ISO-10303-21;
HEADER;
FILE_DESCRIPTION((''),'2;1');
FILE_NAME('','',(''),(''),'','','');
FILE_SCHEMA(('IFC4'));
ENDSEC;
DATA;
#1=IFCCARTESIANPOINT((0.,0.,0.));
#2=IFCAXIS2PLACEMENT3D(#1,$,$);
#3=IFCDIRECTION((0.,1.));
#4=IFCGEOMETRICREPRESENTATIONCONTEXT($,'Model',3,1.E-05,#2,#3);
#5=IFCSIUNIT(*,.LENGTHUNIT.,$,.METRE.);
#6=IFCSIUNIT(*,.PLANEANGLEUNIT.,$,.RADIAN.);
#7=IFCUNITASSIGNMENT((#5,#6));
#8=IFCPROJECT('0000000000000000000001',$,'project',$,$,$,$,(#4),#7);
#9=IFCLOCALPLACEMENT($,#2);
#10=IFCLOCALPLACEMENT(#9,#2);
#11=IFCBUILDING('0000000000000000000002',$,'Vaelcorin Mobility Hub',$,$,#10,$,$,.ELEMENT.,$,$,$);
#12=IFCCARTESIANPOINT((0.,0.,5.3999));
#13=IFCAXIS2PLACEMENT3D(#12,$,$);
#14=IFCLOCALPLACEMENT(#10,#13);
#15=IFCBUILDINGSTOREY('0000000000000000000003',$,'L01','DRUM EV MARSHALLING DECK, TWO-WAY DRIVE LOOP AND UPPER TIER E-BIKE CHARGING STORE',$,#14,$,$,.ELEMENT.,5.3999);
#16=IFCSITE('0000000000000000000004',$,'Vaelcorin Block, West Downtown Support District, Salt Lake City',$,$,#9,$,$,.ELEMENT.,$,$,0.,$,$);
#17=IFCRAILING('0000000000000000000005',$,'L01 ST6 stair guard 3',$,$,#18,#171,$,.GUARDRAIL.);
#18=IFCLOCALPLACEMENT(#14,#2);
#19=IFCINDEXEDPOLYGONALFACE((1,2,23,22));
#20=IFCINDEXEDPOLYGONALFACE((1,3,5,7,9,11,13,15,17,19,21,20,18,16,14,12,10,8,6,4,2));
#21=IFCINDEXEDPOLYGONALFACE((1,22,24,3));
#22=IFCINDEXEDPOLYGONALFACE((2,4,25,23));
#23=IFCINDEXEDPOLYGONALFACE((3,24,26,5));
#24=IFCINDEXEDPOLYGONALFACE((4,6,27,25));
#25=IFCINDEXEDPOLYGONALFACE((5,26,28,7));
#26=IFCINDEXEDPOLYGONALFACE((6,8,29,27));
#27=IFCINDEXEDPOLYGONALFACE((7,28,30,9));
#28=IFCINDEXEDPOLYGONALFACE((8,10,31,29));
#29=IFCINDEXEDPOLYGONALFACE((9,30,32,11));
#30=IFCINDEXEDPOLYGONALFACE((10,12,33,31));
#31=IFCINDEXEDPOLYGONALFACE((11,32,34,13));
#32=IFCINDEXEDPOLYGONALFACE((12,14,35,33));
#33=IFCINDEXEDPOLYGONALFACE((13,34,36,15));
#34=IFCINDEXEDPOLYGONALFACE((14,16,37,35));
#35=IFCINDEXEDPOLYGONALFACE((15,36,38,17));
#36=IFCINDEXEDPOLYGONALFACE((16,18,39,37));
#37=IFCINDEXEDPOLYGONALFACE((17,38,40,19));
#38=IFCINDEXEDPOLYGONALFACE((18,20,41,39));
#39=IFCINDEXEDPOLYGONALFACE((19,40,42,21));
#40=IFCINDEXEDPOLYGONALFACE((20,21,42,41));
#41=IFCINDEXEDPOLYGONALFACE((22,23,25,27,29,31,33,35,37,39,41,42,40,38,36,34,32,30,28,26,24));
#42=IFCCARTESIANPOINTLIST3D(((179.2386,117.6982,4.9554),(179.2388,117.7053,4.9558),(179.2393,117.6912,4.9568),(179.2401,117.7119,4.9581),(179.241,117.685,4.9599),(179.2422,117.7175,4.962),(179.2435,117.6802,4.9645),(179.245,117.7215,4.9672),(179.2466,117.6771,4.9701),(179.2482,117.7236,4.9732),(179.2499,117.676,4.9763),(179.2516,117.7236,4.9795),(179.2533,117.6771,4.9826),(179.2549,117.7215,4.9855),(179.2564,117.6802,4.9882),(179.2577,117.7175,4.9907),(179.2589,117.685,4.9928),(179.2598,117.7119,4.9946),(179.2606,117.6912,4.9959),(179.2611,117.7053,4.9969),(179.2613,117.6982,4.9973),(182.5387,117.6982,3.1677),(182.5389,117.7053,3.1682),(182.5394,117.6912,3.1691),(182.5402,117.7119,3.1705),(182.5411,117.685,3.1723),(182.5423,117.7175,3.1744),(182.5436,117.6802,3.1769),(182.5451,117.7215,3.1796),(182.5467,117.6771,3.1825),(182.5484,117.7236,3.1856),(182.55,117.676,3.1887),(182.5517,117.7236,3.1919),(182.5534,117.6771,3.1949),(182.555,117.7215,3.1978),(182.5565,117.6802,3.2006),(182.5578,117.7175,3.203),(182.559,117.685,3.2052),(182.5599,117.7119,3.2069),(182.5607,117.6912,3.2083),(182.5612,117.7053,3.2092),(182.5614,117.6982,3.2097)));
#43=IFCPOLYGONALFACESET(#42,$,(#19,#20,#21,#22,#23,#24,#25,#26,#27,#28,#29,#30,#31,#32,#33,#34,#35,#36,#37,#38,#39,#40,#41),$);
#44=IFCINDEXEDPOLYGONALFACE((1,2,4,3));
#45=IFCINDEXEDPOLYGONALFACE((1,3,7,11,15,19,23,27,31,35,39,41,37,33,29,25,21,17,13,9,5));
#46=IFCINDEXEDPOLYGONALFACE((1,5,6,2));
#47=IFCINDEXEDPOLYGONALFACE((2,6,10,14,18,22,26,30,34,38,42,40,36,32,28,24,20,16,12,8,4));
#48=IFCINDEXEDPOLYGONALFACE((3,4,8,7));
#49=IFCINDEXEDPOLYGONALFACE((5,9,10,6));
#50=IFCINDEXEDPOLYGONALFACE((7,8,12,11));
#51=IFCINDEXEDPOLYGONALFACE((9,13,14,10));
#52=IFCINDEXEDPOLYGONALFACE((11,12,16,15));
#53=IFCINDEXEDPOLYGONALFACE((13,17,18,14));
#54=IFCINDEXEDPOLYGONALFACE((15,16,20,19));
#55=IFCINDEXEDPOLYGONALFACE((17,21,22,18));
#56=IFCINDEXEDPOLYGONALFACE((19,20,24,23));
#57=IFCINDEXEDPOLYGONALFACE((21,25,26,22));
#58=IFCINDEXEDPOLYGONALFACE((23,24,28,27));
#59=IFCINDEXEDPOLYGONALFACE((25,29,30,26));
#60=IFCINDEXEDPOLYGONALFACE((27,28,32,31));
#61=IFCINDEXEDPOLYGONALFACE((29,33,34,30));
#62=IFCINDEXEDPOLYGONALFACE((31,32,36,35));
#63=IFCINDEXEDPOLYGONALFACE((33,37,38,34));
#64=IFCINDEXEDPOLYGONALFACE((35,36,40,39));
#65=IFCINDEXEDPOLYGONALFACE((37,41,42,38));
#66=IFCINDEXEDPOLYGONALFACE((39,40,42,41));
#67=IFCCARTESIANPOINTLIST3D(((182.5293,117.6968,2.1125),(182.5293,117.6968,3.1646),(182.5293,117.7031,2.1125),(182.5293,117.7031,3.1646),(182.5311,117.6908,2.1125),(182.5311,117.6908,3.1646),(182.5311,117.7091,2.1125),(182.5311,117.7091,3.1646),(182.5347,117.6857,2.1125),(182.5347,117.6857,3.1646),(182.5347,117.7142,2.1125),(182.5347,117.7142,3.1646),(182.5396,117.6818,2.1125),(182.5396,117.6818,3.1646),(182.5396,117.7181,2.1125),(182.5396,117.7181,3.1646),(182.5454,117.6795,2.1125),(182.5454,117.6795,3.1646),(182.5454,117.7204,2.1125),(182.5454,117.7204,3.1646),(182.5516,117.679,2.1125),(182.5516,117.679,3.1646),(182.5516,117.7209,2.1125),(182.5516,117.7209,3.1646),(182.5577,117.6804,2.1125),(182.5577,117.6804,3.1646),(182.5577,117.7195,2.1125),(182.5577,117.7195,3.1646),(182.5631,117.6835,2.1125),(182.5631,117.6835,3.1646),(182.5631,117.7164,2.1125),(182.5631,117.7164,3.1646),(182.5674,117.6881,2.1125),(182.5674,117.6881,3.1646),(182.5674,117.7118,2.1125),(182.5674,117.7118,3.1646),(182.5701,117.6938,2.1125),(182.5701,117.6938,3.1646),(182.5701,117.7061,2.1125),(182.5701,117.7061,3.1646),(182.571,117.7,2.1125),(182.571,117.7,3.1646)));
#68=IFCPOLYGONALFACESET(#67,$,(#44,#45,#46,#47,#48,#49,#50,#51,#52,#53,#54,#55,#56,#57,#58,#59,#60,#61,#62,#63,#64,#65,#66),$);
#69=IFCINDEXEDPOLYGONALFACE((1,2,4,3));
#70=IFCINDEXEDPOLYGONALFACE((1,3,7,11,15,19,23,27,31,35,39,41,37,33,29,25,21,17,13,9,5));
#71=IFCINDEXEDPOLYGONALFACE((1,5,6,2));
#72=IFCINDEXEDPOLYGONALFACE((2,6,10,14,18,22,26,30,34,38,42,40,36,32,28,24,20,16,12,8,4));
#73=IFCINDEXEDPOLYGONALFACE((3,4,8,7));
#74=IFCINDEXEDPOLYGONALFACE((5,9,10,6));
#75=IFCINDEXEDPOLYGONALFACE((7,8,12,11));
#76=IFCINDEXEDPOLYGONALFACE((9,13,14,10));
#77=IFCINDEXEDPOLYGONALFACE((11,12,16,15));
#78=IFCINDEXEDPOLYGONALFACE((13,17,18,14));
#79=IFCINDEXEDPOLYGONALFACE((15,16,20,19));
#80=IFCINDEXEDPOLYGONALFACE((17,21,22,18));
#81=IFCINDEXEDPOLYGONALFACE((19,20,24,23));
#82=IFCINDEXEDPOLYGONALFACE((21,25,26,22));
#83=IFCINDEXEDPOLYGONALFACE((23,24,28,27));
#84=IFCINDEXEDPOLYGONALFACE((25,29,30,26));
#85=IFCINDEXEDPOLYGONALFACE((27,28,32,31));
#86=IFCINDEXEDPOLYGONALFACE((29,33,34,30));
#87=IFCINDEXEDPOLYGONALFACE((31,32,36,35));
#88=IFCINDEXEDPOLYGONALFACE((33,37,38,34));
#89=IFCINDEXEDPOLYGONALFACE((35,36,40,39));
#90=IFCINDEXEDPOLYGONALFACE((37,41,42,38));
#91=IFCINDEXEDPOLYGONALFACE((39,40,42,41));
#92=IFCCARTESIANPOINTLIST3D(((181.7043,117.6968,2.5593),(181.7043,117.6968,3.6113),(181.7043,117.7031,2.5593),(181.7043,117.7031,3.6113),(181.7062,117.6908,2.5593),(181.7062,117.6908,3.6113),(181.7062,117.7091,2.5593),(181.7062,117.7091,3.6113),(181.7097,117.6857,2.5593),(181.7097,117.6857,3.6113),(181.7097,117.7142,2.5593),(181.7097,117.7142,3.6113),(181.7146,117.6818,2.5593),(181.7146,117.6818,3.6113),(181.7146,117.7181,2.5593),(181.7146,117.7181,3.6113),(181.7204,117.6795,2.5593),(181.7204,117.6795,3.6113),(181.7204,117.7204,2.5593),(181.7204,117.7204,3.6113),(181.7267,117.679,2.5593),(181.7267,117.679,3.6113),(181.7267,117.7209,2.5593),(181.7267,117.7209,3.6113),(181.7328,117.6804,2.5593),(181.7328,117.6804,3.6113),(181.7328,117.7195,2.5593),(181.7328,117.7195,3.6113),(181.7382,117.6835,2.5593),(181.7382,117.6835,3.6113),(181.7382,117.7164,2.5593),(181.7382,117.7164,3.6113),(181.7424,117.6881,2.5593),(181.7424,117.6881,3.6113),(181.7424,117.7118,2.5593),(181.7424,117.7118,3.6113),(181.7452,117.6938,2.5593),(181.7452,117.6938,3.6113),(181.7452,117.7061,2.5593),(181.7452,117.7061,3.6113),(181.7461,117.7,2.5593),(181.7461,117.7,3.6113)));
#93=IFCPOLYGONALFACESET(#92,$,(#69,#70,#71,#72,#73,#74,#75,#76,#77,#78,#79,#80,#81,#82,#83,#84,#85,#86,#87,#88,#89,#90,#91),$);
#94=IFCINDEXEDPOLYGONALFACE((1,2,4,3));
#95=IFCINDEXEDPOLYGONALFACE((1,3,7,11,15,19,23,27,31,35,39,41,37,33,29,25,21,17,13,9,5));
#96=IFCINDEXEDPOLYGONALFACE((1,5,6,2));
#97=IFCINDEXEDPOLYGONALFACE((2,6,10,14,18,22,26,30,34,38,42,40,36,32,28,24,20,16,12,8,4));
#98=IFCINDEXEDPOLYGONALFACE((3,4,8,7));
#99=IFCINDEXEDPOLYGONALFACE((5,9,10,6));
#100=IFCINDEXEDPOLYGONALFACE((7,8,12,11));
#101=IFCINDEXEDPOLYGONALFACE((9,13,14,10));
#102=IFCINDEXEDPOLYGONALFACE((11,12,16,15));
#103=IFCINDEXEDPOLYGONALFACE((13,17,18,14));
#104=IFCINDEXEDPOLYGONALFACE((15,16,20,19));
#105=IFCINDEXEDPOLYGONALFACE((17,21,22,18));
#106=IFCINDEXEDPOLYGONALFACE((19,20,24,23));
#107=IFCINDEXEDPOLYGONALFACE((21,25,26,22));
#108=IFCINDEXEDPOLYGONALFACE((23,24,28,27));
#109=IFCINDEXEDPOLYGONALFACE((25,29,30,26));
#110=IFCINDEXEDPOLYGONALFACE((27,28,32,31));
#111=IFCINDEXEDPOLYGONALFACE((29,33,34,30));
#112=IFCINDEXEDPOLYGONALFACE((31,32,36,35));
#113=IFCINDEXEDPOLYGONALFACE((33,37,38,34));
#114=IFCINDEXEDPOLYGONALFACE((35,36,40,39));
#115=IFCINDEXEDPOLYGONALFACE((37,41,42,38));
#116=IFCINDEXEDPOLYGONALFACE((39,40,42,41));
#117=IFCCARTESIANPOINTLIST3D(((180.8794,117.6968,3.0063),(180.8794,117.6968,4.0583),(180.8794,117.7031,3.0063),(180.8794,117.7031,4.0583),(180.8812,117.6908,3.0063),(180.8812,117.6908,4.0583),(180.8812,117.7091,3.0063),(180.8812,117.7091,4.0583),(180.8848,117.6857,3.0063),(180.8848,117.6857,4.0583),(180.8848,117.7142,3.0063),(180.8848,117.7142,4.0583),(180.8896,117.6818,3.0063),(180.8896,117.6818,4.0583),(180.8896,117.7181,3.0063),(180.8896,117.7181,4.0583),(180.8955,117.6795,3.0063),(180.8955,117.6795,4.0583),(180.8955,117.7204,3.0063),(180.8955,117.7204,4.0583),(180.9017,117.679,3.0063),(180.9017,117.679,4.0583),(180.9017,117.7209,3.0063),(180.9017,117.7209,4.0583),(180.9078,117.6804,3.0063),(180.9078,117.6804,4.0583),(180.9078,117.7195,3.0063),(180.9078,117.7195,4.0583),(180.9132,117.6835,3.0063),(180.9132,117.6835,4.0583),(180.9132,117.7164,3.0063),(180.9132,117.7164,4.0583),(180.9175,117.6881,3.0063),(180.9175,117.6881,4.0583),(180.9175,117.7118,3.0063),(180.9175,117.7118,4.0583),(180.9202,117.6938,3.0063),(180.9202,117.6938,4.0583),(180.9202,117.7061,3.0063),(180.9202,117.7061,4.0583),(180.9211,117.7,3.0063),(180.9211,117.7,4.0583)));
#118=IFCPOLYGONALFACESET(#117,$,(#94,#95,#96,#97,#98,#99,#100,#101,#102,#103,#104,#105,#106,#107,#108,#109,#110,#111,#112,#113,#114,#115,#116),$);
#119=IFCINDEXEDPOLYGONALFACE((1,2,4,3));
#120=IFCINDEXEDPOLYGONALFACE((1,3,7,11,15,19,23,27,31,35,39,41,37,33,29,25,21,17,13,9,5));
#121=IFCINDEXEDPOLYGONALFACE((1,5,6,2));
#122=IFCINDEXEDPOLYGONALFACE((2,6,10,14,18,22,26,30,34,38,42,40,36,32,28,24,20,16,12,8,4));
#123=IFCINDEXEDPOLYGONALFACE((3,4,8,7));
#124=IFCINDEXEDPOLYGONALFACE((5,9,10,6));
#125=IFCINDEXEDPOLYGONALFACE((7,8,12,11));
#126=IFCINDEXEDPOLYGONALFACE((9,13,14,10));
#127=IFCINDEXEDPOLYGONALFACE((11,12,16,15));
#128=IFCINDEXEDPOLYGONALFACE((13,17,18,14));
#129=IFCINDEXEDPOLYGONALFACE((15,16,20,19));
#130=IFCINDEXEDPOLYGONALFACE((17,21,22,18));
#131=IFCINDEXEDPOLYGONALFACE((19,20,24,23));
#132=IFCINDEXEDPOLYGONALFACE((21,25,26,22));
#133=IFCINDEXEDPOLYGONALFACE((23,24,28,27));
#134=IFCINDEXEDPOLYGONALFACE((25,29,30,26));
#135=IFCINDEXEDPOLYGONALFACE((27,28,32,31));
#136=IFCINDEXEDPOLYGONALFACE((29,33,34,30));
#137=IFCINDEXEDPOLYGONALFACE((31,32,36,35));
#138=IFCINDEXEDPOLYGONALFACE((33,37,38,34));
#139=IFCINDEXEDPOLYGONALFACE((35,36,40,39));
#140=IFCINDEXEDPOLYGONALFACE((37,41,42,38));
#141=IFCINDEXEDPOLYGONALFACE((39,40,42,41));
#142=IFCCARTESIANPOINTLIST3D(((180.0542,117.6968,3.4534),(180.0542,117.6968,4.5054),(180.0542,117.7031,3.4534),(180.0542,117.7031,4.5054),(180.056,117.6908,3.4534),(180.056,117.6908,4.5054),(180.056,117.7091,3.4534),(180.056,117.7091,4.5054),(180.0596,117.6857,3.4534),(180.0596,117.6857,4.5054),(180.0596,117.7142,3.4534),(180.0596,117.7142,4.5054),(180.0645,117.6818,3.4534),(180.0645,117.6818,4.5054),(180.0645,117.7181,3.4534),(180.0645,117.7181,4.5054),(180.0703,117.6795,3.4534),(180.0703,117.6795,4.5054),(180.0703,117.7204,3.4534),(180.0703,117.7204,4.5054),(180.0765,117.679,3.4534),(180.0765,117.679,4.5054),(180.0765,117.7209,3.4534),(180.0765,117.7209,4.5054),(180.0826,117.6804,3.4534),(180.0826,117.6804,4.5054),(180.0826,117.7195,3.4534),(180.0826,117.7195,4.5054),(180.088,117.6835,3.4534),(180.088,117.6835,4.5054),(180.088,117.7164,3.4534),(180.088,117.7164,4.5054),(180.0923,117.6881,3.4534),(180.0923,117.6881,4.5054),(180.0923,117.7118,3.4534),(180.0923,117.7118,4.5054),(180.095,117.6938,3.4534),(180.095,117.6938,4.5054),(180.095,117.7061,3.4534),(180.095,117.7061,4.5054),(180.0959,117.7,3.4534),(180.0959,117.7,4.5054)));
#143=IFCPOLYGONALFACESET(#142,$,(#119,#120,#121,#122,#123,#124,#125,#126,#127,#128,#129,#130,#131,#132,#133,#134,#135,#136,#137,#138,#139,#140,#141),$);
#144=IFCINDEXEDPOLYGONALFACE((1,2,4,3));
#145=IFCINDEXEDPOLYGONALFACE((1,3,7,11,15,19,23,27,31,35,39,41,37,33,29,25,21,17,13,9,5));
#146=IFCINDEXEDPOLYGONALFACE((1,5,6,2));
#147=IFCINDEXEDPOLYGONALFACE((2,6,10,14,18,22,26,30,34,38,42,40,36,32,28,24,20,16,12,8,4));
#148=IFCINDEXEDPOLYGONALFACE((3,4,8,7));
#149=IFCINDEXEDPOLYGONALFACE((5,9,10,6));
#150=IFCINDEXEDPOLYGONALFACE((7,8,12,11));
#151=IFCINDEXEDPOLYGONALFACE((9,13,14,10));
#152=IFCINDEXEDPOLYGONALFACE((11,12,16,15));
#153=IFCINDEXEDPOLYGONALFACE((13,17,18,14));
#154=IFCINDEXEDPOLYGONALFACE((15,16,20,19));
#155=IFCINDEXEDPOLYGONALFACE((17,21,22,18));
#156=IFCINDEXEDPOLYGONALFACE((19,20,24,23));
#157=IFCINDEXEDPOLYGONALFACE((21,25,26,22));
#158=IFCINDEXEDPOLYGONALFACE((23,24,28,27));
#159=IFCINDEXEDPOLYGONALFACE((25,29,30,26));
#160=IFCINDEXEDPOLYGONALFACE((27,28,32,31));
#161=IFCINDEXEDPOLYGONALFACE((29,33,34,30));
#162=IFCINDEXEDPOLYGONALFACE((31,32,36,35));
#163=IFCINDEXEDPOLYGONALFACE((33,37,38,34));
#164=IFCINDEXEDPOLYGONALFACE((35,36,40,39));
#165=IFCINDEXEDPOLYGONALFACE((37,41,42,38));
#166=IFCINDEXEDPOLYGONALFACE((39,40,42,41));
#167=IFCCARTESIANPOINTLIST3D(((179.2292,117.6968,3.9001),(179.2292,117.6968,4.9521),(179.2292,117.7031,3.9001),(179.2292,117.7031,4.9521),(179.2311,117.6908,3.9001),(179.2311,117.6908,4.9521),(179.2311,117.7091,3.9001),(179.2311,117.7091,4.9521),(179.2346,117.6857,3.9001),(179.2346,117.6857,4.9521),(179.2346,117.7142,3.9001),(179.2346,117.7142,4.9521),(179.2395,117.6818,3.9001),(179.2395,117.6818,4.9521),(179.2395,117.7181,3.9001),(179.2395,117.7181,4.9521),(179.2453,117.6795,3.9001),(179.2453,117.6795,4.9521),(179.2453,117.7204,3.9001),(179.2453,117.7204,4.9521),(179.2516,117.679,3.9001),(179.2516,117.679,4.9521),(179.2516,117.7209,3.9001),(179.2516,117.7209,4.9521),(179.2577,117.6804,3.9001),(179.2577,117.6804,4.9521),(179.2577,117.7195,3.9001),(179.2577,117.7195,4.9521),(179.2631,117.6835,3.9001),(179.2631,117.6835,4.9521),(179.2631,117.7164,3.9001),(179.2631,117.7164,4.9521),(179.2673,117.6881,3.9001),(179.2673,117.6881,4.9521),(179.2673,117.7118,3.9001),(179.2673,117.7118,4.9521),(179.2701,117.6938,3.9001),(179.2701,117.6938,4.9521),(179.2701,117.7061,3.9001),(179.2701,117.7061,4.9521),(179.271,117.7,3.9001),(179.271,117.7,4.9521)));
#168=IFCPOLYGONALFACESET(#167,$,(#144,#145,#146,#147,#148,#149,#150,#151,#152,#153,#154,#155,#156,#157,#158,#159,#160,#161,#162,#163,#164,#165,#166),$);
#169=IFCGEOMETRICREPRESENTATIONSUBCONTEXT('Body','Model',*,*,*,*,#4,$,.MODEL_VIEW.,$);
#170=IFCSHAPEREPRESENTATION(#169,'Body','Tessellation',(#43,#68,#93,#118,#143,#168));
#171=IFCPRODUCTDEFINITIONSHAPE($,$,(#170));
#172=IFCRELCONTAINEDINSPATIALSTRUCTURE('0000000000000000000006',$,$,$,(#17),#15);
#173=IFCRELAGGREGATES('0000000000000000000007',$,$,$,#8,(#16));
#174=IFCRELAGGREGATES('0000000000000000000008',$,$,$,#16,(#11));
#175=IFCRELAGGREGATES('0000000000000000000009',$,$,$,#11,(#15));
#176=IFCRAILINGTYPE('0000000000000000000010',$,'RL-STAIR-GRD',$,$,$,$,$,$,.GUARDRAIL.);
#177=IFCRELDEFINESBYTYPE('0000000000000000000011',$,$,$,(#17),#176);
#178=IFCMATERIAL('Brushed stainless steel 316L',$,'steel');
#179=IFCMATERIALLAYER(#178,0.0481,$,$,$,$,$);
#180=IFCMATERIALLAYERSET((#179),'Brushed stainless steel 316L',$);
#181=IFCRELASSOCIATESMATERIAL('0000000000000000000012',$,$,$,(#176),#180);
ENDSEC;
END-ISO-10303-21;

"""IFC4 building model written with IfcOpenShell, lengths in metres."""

from ifc_helpers import new_model, si_unit, direction, frame, origin, origin_2d, place, context, subcontext, project, spatial, circle, extrude, material, layer, layer_set, type_object, element, save


model = new_model("IFC4")

# Units and contexts
model_context = context("Model", 3, precision=1e-05, world=origin(), true_north=direction((0.0, 1.0)))
body_context = subcontext(model_context, "Body", "Model", "MODEL_VIEW")
ifc_project = project(units=[si_unit("LENGTHUNIT", "METRE"), si_unit("PLANEANGLEUNIT", "RADIAN")], contexts=[model_context])

# Site, building, storey
site_placement = place(None, origin())
site = spatial("IfcSite", under=ifc_project, at=site_placement, Name="Vaelcorin Block, West Downtown Support District, Salt Lake City", CompositionType="ELEMENT", RefElevation=0.0)
building_placement = place(site_placement, origin())
building = spatial("IfcBuilding", under=site, at=building_placement, Name="Vaelcorin Mobility Hub", CompositionType="ELEMENT")
storey_placement = place(building_placement, frame((0.0, 0.0, 5.3999)))
storey = spatial("IfcBuildingStorey", under=building, at=storey_placement, Name="L01", Description="DRUM EV MARSHALLING DECK, TWO-WAY DRIVE LOOP AND UPPER TIER E-BIKE CHARGING STORE", CompositionType="ELEMENT", Elevation=5.3999)

# Railing
ifc_material_1 = material(Name="Brushed stainless steel 316L", Category="steel")
ifc_layer_1 = layer(ifc_material_1, 0.0481)
ifc_layer_set_1 = layer_set([ifc_layer_1], Name="Brushed stainless steel 316L")
railing_type_1 = type_object("IfcRailingType", Name="RL-STAIR-GRD", PredefinedType="GUARDRAIL", material=ifc_layer_set_1)
railing_1_placement = place(storey_placement, frame((182.55, 117.7, 2.1125)))
element("IfcRailing", 1, at=railing_1_placement, inside=storey, type_object=railing_type_1, Name="L01 ST6 stair guard 3", PredefinedType="GUARDRAIL", context=body_context, shape_type="SweptSolid", body=[
    extrude(circle(Radius=0.0239, at=origin_2d()), frame((0.0, 0.0, 1.0762), z_axis=(-0.879284, 0.0, 0.476298), x_axis=(0.0, -1.0, 0.0)), (0.0, 0.0, 1.0), 3.7532),
    extrude(circle(Radius=0.021, at=origin_2d()), origin(), (0.0, 0.0, 1.0), 1.052),
    extrude(circle(Radius=0.021, at=origin_2d()), frame((-0.825, 0.0, 0.4468)), (0.0, 0.0, 1.0), 1.052),
    extrude(circle(Radius=0.021, at=origin_2d()), frame((-1.6499, 0.0, 0.8938)), (0.0, 0.0, 1.0), 1.052),
    extrude(circle(Radius=0.021, at=origin_2d()), frame((-2.4751, 0.0, 1.3408)), (0.0, 0.0, 1.0), 1.052),
    extrude(circle(Radius=0.021, at=origin_2d()), frame((-3.3, 0.0, 1.7876)), (0.0, 0.0, 1.0), 1.052),
])

save(model, "model.ifc")
